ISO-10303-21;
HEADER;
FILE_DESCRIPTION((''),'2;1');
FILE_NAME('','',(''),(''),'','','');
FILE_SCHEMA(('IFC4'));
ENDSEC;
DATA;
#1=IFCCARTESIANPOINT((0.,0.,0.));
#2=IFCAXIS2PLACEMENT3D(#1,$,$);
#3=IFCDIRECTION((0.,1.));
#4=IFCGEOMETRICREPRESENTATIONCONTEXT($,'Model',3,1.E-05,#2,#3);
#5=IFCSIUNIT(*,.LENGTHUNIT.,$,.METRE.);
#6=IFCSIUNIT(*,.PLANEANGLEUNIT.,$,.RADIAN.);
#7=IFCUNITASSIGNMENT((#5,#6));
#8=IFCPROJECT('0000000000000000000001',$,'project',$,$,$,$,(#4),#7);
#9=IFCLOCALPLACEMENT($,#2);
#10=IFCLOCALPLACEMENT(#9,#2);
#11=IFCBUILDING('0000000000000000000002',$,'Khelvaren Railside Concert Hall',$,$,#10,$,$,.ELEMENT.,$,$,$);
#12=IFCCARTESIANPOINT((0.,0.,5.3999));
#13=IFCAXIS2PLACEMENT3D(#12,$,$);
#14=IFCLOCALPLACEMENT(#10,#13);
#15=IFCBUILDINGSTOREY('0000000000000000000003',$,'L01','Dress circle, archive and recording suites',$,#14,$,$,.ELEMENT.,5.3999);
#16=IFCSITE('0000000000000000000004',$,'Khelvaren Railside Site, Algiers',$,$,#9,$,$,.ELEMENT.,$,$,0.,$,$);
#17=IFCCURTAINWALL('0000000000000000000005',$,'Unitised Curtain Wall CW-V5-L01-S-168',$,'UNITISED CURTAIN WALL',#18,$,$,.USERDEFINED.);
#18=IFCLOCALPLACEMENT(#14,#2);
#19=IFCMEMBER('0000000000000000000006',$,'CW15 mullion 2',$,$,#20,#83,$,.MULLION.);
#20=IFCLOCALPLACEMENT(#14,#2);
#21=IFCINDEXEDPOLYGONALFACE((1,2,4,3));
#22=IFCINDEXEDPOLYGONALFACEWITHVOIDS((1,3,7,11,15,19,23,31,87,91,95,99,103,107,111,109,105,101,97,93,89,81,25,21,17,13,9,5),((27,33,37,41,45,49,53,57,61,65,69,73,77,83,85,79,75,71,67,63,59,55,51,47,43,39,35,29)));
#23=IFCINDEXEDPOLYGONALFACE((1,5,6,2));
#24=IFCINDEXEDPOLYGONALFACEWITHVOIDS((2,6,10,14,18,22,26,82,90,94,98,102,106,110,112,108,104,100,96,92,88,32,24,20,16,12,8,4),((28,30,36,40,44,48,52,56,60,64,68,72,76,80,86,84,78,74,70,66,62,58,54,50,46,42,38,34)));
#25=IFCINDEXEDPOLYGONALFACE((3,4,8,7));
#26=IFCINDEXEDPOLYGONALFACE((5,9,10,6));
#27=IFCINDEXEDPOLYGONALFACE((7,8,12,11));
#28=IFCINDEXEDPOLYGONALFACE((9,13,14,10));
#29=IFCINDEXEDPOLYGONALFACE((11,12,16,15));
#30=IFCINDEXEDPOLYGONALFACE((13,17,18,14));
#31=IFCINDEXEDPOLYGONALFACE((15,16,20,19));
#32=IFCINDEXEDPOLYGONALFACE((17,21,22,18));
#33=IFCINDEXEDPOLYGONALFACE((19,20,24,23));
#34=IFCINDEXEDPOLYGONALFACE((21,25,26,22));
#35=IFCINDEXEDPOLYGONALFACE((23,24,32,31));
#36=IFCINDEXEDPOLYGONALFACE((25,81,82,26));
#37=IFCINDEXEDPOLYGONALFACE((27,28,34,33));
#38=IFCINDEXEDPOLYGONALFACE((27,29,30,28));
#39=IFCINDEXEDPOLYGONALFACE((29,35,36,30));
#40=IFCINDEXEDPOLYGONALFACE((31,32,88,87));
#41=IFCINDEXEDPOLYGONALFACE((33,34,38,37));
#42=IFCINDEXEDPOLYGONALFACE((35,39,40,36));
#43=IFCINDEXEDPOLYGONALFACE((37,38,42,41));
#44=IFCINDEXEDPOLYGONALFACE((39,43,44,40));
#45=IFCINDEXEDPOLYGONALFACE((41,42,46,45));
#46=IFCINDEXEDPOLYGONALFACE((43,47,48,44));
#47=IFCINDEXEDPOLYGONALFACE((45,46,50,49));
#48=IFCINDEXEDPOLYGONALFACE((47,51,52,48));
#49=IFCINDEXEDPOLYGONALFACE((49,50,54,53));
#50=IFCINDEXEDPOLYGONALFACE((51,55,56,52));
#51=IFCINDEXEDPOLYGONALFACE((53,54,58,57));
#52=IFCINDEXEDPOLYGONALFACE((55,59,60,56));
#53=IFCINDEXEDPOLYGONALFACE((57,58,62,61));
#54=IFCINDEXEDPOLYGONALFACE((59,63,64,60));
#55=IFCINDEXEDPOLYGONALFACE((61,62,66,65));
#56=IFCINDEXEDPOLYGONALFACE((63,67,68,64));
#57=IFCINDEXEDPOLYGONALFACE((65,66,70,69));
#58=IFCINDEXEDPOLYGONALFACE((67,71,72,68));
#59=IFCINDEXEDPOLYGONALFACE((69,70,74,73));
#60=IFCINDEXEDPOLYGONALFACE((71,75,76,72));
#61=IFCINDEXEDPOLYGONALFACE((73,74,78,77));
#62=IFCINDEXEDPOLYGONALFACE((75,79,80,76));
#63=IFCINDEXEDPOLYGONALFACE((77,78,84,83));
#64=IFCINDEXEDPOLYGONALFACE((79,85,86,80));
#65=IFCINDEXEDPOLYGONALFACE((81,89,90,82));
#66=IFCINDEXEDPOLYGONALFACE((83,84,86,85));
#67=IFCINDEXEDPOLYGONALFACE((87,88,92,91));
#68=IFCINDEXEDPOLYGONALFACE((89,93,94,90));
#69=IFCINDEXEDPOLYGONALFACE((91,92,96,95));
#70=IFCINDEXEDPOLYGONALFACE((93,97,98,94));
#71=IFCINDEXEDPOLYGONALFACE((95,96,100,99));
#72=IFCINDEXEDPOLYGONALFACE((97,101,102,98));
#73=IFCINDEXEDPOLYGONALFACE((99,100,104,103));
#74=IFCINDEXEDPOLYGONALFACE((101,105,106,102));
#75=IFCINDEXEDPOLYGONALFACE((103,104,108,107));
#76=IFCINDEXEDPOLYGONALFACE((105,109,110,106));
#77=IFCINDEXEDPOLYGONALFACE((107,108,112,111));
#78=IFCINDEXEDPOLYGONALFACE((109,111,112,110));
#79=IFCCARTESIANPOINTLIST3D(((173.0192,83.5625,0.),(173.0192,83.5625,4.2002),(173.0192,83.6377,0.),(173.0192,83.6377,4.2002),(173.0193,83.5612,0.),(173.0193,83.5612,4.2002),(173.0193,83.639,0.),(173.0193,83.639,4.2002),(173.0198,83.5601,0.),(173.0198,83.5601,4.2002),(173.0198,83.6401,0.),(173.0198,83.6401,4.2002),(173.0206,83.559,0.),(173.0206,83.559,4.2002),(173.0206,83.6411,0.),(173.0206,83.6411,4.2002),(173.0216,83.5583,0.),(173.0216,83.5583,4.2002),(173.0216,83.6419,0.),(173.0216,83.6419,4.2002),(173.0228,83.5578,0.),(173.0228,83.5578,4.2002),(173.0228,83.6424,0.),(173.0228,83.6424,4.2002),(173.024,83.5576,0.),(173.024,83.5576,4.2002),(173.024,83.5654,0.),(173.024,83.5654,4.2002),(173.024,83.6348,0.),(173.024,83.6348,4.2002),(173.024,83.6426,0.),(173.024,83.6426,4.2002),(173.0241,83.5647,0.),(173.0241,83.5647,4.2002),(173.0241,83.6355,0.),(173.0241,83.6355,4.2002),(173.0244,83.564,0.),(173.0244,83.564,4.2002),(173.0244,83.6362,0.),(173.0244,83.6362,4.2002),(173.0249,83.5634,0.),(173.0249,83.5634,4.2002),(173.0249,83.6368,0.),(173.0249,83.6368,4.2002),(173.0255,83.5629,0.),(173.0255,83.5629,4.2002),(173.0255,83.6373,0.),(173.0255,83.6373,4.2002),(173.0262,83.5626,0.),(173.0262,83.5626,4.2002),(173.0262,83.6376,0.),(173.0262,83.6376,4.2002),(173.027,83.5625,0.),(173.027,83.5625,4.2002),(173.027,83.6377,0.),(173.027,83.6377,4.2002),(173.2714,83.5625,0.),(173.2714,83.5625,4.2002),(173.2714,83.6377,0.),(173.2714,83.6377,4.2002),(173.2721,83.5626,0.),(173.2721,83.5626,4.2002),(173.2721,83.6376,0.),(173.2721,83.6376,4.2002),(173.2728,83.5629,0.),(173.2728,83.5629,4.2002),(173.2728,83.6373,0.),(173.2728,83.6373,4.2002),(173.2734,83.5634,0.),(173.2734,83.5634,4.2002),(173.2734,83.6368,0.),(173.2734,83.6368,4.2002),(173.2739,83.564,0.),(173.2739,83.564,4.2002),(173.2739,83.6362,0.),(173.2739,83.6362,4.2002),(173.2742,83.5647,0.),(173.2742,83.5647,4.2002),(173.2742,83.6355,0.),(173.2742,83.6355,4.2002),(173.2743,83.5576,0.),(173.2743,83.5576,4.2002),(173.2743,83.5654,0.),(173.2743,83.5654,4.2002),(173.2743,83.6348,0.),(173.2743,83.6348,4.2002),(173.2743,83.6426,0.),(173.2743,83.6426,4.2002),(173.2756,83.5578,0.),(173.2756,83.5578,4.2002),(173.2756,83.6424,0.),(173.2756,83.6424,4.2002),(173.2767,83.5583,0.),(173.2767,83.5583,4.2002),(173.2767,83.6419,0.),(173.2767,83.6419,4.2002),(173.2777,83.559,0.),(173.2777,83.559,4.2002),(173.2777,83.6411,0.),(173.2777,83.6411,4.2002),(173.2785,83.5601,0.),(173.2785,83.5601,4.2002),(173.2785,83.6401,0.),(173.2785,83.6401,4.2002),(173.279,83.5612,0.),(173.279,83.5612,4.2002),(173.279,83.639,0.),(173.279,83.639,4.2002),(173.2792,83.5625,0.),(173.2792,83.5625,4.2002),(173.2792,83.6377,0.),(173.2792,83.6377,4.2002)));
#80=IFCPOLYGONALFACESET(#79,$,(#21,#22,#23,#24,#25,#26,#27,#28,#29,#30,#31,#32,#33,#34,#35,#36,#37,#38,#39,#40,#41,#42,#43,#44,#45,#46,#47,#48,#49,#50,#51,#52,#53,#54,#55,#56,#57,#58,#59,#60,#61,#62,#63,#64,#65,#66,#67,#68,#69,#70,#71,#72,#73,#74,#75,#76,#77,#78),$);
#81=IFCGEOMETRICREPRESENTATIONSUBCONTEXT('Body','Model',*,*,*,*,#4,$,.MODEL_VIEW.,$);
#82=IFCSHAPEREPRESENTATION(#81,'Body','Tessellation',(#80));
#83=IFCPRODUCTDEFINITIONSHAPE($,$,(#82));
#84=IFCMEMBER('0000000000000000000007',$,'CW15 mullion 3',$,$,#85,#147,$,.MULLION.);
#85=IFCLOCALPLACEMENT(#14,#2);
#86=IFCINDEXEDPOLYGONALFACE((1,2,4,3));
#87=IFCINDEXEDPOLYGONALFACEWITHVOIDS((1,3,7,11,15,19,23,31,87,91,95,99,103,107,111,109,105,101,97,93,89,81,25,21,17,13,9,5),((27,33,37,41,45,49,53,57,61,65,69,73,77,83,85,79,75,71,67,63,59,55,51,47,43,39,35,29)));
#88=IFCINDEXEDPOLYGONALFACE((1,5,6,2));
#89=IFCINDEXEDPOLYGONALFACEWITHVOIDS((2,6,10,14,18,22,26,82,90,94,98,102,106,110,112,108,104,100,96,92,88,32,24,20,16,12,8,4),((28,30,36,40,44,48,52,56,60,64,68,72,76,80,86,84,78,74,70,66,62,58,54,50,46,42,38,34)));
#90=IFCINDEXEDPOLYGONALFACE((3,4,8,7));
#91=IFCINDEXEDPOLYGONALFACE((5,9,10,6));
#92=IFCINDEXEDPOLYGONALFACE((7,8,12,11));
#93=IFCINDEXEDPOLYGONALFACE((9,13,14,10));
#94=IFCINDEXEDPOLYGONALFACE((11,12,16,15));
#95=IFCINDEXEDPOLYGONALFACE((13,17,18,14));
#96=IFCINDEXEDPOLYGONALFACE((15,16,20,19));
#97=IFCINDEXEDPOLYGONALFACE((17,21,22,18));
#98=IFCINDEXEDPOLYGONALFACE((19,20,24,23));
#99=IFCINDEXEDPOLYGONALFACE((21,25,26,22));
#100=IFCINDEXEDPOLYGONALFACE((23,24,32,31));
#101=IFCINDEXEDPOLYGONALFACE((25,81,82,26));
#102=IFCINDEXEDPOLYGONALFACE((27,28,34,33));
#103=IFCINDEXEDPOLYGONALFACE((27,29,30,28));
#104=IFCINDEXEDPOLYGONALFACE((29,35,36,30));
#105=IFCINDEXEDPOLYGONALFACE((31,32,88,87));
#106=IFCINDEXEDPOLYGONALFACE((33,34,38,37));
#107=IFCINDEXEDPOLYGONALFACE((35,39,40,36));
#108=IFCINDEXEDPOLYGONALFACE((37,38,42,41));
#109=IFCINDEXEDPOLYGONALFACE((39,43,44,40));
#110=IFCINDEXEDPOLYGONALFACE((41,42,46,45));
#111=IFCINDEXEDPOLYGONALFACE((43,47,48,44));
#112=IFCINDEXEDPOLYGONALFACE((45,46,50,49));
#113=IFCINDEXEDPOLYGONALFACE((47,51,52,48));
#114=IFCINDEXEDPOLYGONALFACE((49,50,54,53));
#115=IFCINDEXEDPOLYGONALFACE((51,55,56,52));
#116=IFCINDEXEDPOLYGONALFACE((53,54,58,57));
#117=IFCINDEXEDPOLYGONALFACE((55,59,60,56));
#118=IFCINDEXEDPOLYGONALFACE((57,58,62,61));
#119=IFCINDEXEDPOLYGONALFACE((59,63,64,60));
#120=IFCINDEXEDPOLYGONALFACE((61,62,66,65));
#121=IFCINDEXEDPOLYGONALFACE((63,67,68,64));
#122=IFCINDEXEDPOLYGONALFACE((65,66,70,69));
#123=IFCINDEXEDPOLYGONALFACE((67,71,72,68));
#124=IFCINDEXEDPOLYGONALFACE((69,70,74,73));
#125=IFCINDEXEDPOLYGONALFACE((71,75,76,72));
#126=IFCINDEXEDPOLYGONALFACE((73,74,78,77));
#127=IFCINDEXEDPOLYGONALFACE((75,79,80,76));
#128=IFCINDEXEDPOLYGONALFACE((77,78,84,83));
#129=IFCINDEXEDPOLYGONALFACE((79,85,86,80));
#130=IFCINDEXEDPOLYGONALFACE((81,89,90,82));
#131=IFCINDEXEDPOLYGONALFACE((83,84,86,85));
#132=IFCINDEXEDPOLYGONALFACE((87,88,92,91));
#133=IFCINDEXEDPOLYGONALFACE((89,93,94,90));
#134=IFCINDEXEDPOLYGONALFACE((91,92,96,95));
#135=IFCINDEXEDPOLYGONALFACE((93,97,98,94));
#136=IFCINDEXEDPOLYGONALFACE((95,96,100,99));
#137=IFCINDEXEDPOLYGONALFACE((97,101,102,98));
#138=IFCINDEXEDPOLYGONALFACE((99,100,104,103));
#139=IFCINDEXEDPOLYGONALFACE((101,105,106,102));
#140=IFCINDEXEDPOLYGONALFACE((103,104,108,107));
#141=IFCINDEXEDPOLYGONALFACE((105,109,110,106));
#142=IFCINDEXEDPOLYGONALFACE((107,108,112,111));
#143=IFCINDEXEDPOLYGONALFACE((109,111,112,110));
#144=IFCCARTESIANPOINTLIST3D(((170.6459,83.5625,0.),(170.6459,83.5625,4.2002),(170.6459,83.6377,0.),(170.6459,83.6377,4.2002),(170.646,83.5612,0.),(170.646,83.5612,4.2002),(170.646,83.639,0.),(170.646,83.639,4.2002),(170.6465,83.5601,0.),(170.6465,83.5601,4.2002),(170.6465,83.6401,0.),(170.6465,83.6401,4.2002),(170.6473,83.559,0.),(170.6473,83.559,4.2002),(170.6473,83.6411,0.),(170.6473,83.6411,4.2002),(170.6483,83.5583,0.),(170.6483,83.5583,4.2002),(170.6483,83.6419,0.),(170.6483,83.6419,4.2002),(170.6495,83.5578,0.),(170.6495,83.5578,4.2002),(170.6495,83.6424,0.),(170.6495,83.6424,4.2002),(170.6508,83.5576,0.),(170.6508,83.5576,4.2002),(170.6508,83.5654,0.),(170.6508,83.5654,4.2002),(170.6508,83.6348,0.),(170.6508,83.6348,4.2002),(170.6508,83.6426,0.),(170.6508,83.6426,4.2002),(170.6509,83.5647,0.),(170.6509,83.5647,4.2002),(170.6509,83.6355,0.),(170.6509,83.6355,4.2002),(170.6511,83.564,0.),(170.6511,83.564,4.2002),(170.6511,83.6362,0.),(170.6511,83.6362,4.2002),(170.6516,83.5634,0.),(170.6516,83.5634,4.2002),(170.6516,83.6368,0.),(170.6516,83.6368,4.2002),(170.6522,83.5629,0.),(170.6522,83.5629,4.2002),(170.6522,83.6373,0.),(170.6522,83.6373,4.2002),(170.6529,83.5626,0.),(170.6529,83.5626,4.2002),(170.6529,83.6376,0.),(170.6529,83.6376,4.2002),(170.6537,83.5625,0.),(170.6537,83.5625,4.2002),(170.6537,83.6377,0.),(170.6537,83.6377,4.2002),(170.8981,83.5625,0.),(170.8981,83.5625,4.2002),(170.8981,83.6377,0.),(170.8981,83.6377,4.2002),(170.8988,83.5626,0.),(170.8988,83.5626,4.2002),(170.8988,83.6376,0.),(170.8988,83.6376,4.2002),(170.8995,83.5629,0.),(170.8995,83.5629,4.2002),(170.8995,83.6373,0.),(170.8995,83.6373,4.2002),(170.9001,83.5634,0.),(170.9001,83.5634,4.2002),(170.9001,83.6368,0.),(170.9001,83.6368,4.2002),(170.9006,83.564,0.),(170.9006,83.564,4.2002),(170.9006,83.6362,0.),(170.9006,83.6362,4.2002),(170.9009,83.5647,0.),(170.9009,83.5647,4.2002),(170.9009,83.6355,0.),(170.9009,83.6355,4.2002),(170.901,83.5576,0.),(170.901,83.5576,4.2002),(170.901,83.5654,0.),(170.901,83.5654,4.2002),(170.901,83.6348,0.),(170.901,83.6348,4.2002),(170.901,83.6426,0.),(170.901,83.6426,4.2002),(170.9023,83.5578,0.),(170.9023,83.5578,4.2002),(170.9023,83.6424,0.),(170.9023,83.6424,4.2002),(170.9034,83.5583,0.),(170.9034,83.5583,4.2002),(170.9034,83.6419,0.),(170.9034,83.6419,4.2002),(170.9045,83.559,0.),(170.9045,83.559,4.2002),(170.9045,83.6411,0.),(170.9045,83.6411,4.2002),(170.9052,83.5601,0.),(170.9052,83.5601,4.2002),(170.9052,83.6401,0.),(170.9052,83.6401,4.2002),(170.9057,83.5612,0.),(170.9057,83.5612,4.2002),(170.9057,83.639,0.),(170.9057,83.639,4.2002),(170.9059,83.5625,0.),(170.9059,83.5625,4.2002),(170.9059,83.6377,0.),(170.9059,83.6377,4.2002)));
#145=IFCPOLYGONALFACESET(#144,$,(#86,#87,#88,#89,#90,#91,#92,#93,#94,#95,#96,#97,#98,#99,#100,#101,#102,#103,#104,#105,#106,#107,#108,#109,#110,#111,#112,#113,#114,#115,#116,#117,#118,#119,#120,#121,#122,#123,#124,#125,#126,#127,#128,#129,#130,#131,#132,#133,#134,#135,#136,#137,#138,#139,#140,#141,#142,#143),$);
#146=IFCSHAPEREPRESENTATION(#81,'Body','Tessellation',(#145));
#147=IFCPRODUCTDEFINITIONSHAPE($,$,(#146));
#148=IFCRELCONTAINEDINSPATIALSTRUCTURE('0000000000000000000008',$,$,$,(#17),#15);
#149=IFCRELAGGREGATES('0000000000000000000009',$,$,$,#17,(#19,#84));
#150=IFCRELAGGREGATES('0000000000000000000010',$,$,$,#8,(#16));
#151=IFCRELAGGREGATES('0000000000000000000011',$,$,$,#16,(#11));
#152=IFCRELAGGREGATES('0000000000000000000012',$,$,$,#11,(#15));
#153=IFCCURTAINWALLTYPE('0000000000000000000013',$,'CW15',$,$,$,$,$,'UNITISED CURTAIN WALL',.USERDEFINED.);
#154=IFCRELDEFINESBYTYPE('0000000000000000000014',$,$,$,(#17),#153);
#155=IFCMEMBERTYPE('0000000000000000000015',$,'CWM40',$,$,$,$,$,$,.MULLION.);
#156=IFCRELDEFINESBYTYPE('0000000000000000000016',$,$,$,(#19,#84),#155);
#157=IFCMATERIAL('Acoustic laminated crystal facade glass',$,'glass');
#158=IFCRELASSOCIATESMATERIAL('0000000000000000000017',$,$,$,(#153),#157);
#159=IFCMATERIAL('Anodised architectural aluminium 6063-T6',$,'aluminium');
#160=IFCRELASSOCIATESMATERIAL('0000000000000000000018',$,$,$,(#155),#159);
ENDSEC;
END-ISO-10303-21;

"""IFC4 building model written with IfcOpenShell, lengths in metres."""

from ifc_helpers import new_model, si_unit, direction, frame, origin, origin_2d, place, context, subcontext, project, spatial, hollow_rectangle, extrude, material, material_profile, profile_set, type_object, element, aggregate, save


model = new_model("IFC4")

# Units and contexts
model_context = context("Model", 3, precision=1e-05, world=origin(), true_north=direction((0.0, 1.0)))
body_context = subcontext(model_context, "Body", "Model", "MODEL_VIEW")
ifc_project = project(units=[si_unit("LENGTHUNIT", "METRE"), si_unit("PLANEANGLEUNIT", "RADIAN")], contexts=[model_context])

# Site, building, storey
site_placement = place(None, origin())
site = spatial("IfcSite", under=ifc_project, at=site_placement, Name="Khelvaren Railside Site, Algiers", CompositionType="ELEMENT", RefElevation=0.0)
building_placement = place(site_placement, origin())
building = spatial("IfcBuilding", under=site, at=building_placement, Name="Khelvaren Railside Concert Hall", CompositionType="ELEMENT")
storey_placement = place(building_placement, frame((0.0, 0.0, 5.3999)))
storey = spatial("IfcBuildingStorey", under=building, at=storey_placement, Name="L01", Description="Dress circle, archive and recording suites", CompositionType="ELEMENT", Elevation=5.3999)

# Curtain wall, members
ifc_material_1 = material(Name="Acoustic laminated crystal facade glass", Category="glass")
curtain_wall_type = type_object("IfcCurtainWallType", Name="CW15", ElementType="UNITISED CURTAIN WALL", PredefinedType="USERDEFINED", material=ifc_material_1)
curtain_wall_placement = place(storey_placement, origin())
curtain_wall = element("IfcCurtainWall", 1, at=curtain_wall_placement, inside=storey, type_object=curtain_wall_type, Name="Unitised Curtain Wall CW-V5-L01-S-168", ObjectType="UNITISED CURTAIN WALL", PredefinedType="USERDEFINED")
ifc_material_2 = material(Name="Anodised architectural aluminium 6063-T6", Category="aluminium")
ifc_material_profile_1 = material_profile(ifc_material_2, hollow_rectangle(XDim=0.085, YDim=0.26, WallThickness=0.0049, InnerFilletRadius=0.0029, OuterFilletRadius=0.0049, at=origin_2d()), Name="CWM 85x260x5")
ifc_profile_set_1 = profile_set([ifc_material_profile_1], Name="Anodised architectural aluminium 6063-T6")
member_type_1 = type_object("IfcMemberType", Name="CWM40", PredefinedType="MULLION", material=ifc_profile_set_1)
member_1_placement = place(storey_placement, frame((173.1492, 83.6001, 0.0), z_axis=(0.0, 0.0, 1.0), x_axis=(0.0, -1.0, 0.0)))
member_1 = element("IfcMember", 2, at=member_1_placement, type_object=member_type_1, Name="CW15 mullion 2", PredefinedType="MULLION", context=body_context, shape_type="SweptSolid", body=[
    extrude(hollow_rectangle(XDim=0.085, YDim=0.26, WallThickness=0.0049, InnerFilletRadius=0.0029, OuterFilletRadius=0.0049, at=origin_2d()), origin(), (0.0, 0.0, 1.0), 4.2002),
])
member_2_placement = place(storey_placement, frame((170.7759, 83.6001, 0.0), z_axis=(0.0, 0.0, 1.0), x_axis=(0.0, -1.0, 0.0)))
member_2 = element("IfcMember", 3, at=member_2_placement, type_object=member_type_1, Name="CW15 mullion 3", PredefinedType="MULLION", context=body_context, shape_type="SweptSolid", body=[
    extrude(hollow_rectangle(XDim=0.085, YDim=0.26, WallThickness=0.0049, InnerFilletRadius=0.0029, OuterFilletRadius=0.0049, at=origin_2d()), origin(), (0.0, 0.0, 1.0), 4.2002),
])

aggregate(curtain_wall, [member_1, member_2])

save(model, "model.ifc")
